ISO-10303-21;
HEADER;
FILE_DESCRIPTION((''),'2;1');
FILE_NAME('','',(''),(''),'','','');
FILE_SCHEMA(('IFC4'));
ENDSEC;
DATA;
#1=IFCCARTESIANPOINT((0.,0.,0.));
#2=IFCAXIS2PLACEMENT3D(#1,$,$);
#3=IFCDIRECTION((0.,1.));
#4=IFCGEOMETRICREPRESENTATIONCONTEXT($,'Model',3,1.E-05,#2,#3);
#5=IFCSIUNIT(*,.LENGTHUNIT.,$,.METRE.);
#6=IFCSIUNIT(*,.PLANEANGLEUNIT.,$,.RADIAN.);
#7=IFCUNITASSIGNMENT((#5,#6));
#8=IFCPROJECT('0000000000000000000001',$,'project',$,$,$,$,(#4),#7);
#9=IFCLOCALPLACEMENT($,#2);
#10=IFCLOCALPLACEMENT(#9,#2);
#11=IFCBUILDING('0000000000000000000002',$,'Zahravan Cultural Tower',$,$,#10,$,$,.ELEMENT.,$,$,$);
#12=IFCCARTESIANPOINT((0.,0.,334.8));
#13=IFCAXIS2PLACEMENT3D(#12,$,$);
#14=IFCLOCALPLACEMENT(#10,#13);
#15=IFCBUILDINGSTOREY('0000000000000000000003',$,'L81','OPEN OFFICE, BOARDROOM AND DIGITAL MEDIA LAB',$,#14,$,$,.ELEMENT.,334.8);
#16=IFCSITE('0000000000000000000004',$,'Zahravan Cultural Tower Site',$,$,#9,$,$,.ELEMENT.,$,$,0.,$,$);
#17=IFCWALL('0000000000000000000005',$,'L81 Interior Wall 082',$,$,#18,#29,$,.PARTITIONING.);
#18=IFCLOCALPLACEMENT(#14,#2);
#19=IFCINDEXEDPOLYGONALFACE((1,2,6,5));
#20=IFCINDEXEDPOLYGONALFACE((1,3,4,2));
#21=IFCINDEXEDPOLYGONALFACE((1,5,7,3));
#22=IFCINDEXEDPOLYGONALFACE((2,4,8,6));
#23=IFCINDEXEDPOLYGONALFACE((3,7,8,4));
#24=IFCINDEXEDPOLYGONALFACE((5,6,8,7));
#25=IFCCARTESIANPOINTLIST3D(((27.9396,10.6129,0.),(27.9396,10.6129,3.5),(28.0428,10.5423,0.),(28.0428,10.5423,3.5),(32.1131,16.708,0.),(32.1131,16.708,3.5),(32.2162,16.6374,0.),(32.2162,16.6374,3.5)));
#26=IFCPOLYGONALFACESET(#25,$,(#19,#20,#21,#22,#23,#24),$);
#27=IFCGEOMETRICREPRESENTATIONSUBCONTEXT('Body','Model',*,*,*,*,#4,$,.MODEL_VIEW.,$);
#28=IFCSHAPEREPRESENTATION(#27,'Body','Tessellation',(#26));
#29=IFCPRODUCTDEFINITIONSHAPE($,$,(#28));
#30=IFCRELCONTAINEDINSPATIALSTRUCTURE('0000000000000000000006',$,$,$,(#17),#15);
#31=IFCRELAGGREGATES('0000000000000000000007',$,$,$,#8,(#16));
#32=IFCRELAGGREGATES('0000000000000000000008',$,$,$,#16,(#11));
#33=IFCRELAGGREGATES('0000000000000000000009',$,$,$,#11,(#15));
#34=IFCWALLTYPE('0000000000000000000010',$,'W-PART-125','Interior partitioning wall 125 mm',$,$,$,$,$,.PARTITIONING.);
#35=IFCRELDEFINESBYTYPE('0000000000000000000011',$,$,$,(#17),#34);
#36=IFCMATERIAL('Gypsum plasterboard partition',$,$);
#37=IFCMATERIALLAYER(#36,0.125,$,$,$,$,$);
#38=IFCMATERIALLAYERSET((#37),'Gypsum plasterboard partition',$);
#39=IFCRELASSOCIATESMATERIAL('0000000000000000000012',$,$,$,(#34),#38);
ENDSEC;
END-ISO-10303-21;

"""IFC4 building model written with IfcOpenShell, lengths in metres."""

from ifc_helpers import new_model, si_unit, direction, frame, frame_2d, origin, place, context, subcontext, project, spatial, rectangle, extrude, source, transform, mapped, material, layer, layer_set, type_object, element, save


model = new_model("IFC4")

# Units and contexts
model_context = context("Model", 3, precision=1e-05, world=origin(), true_north=direction((0.0, 1.0)))
body_context = subcontext(model_context, "Body", "Model", "MODEL_VIEW")
ifc_project = project(units=[si_unit("LENGTHUNIT", "METRE"), si_unit("PLANEANGLEUNIT", "RADIAN")], contexts=[model_context])

# Site, building, storey
site_placement = place(None, origin())
site = spatial("IfcSite", under=ifc_project, at=site_placement, Name="Zahravan Cultural Tower Site", CompositionType="ELEMENT", RefElevation=0.0)
building_placement = place(site_placement, origin())
building = spatial("IfcBuilding", under=site, at=building_placement, Name="Zahravan Cultural Tower", CompositionType="ELEMENT")
storey_placement = place(building_placement, frame((0.0, 0.0, 334.8)))
storey = spatial("IfcBuildingStorey", under=building, at=storey_placement, Name="L81", Description="OPEN OFFICE, BOARDROOM AND DIGITAL MEDIA LAB", CompositionType="ELEMENT", Elevation=334.8)

# Shared definitions
ifc_material_1 = material(Name="Gypsum plasterboard partition")
ifc_layer_1 = layer(ifc_material_1, 0.125)
ifc_layer_set_1 = layer_set([ifc_layer_1], Name="Gypsum plasterboard partition")
wall_type_1 = type_object("IfcWallType", Name="W-PART-125", Description="Interior partitioning wall 125 mm", PredefinedType="PARTITIONING", material=ifc_layer_set_1)

# Wall
shared_shape_1 = source(origin(), body_context, "Body", "SweptSolid", [
    extrude(rectangle(XDim=7.387, YDim=0.125, at=frame_2d((3.6934, 0.0))), origin(), (0.0, 0.0, 1.0), 3.5),
])
wall_1_placement = place(storey_placement, frame((32.1646, 16.6726, 0.0), z_axis=(0.0, 0.0, 1.0), x_axis=(-0.564969, -0.825112, 0.0)))
element("IfcWall", 1, at=wall_1_placement, inside=storey, type_object=wall_type_1, Name="L81 Interior Wall 082", PredefinedType="PARTITIONING", context=body_context, shape_type="MappedRepresentation", body=[
    mapped(shared_shape_1, transform((0.0, 0.0, 0.0), x_axis=(1.0, 0.0, 0.0), y_axis=(0.0, 1.0, 0.0), z_axis=(0.0, 0.0, 1.0), scale=1.0)),
])

save(model, "model.ifc")
